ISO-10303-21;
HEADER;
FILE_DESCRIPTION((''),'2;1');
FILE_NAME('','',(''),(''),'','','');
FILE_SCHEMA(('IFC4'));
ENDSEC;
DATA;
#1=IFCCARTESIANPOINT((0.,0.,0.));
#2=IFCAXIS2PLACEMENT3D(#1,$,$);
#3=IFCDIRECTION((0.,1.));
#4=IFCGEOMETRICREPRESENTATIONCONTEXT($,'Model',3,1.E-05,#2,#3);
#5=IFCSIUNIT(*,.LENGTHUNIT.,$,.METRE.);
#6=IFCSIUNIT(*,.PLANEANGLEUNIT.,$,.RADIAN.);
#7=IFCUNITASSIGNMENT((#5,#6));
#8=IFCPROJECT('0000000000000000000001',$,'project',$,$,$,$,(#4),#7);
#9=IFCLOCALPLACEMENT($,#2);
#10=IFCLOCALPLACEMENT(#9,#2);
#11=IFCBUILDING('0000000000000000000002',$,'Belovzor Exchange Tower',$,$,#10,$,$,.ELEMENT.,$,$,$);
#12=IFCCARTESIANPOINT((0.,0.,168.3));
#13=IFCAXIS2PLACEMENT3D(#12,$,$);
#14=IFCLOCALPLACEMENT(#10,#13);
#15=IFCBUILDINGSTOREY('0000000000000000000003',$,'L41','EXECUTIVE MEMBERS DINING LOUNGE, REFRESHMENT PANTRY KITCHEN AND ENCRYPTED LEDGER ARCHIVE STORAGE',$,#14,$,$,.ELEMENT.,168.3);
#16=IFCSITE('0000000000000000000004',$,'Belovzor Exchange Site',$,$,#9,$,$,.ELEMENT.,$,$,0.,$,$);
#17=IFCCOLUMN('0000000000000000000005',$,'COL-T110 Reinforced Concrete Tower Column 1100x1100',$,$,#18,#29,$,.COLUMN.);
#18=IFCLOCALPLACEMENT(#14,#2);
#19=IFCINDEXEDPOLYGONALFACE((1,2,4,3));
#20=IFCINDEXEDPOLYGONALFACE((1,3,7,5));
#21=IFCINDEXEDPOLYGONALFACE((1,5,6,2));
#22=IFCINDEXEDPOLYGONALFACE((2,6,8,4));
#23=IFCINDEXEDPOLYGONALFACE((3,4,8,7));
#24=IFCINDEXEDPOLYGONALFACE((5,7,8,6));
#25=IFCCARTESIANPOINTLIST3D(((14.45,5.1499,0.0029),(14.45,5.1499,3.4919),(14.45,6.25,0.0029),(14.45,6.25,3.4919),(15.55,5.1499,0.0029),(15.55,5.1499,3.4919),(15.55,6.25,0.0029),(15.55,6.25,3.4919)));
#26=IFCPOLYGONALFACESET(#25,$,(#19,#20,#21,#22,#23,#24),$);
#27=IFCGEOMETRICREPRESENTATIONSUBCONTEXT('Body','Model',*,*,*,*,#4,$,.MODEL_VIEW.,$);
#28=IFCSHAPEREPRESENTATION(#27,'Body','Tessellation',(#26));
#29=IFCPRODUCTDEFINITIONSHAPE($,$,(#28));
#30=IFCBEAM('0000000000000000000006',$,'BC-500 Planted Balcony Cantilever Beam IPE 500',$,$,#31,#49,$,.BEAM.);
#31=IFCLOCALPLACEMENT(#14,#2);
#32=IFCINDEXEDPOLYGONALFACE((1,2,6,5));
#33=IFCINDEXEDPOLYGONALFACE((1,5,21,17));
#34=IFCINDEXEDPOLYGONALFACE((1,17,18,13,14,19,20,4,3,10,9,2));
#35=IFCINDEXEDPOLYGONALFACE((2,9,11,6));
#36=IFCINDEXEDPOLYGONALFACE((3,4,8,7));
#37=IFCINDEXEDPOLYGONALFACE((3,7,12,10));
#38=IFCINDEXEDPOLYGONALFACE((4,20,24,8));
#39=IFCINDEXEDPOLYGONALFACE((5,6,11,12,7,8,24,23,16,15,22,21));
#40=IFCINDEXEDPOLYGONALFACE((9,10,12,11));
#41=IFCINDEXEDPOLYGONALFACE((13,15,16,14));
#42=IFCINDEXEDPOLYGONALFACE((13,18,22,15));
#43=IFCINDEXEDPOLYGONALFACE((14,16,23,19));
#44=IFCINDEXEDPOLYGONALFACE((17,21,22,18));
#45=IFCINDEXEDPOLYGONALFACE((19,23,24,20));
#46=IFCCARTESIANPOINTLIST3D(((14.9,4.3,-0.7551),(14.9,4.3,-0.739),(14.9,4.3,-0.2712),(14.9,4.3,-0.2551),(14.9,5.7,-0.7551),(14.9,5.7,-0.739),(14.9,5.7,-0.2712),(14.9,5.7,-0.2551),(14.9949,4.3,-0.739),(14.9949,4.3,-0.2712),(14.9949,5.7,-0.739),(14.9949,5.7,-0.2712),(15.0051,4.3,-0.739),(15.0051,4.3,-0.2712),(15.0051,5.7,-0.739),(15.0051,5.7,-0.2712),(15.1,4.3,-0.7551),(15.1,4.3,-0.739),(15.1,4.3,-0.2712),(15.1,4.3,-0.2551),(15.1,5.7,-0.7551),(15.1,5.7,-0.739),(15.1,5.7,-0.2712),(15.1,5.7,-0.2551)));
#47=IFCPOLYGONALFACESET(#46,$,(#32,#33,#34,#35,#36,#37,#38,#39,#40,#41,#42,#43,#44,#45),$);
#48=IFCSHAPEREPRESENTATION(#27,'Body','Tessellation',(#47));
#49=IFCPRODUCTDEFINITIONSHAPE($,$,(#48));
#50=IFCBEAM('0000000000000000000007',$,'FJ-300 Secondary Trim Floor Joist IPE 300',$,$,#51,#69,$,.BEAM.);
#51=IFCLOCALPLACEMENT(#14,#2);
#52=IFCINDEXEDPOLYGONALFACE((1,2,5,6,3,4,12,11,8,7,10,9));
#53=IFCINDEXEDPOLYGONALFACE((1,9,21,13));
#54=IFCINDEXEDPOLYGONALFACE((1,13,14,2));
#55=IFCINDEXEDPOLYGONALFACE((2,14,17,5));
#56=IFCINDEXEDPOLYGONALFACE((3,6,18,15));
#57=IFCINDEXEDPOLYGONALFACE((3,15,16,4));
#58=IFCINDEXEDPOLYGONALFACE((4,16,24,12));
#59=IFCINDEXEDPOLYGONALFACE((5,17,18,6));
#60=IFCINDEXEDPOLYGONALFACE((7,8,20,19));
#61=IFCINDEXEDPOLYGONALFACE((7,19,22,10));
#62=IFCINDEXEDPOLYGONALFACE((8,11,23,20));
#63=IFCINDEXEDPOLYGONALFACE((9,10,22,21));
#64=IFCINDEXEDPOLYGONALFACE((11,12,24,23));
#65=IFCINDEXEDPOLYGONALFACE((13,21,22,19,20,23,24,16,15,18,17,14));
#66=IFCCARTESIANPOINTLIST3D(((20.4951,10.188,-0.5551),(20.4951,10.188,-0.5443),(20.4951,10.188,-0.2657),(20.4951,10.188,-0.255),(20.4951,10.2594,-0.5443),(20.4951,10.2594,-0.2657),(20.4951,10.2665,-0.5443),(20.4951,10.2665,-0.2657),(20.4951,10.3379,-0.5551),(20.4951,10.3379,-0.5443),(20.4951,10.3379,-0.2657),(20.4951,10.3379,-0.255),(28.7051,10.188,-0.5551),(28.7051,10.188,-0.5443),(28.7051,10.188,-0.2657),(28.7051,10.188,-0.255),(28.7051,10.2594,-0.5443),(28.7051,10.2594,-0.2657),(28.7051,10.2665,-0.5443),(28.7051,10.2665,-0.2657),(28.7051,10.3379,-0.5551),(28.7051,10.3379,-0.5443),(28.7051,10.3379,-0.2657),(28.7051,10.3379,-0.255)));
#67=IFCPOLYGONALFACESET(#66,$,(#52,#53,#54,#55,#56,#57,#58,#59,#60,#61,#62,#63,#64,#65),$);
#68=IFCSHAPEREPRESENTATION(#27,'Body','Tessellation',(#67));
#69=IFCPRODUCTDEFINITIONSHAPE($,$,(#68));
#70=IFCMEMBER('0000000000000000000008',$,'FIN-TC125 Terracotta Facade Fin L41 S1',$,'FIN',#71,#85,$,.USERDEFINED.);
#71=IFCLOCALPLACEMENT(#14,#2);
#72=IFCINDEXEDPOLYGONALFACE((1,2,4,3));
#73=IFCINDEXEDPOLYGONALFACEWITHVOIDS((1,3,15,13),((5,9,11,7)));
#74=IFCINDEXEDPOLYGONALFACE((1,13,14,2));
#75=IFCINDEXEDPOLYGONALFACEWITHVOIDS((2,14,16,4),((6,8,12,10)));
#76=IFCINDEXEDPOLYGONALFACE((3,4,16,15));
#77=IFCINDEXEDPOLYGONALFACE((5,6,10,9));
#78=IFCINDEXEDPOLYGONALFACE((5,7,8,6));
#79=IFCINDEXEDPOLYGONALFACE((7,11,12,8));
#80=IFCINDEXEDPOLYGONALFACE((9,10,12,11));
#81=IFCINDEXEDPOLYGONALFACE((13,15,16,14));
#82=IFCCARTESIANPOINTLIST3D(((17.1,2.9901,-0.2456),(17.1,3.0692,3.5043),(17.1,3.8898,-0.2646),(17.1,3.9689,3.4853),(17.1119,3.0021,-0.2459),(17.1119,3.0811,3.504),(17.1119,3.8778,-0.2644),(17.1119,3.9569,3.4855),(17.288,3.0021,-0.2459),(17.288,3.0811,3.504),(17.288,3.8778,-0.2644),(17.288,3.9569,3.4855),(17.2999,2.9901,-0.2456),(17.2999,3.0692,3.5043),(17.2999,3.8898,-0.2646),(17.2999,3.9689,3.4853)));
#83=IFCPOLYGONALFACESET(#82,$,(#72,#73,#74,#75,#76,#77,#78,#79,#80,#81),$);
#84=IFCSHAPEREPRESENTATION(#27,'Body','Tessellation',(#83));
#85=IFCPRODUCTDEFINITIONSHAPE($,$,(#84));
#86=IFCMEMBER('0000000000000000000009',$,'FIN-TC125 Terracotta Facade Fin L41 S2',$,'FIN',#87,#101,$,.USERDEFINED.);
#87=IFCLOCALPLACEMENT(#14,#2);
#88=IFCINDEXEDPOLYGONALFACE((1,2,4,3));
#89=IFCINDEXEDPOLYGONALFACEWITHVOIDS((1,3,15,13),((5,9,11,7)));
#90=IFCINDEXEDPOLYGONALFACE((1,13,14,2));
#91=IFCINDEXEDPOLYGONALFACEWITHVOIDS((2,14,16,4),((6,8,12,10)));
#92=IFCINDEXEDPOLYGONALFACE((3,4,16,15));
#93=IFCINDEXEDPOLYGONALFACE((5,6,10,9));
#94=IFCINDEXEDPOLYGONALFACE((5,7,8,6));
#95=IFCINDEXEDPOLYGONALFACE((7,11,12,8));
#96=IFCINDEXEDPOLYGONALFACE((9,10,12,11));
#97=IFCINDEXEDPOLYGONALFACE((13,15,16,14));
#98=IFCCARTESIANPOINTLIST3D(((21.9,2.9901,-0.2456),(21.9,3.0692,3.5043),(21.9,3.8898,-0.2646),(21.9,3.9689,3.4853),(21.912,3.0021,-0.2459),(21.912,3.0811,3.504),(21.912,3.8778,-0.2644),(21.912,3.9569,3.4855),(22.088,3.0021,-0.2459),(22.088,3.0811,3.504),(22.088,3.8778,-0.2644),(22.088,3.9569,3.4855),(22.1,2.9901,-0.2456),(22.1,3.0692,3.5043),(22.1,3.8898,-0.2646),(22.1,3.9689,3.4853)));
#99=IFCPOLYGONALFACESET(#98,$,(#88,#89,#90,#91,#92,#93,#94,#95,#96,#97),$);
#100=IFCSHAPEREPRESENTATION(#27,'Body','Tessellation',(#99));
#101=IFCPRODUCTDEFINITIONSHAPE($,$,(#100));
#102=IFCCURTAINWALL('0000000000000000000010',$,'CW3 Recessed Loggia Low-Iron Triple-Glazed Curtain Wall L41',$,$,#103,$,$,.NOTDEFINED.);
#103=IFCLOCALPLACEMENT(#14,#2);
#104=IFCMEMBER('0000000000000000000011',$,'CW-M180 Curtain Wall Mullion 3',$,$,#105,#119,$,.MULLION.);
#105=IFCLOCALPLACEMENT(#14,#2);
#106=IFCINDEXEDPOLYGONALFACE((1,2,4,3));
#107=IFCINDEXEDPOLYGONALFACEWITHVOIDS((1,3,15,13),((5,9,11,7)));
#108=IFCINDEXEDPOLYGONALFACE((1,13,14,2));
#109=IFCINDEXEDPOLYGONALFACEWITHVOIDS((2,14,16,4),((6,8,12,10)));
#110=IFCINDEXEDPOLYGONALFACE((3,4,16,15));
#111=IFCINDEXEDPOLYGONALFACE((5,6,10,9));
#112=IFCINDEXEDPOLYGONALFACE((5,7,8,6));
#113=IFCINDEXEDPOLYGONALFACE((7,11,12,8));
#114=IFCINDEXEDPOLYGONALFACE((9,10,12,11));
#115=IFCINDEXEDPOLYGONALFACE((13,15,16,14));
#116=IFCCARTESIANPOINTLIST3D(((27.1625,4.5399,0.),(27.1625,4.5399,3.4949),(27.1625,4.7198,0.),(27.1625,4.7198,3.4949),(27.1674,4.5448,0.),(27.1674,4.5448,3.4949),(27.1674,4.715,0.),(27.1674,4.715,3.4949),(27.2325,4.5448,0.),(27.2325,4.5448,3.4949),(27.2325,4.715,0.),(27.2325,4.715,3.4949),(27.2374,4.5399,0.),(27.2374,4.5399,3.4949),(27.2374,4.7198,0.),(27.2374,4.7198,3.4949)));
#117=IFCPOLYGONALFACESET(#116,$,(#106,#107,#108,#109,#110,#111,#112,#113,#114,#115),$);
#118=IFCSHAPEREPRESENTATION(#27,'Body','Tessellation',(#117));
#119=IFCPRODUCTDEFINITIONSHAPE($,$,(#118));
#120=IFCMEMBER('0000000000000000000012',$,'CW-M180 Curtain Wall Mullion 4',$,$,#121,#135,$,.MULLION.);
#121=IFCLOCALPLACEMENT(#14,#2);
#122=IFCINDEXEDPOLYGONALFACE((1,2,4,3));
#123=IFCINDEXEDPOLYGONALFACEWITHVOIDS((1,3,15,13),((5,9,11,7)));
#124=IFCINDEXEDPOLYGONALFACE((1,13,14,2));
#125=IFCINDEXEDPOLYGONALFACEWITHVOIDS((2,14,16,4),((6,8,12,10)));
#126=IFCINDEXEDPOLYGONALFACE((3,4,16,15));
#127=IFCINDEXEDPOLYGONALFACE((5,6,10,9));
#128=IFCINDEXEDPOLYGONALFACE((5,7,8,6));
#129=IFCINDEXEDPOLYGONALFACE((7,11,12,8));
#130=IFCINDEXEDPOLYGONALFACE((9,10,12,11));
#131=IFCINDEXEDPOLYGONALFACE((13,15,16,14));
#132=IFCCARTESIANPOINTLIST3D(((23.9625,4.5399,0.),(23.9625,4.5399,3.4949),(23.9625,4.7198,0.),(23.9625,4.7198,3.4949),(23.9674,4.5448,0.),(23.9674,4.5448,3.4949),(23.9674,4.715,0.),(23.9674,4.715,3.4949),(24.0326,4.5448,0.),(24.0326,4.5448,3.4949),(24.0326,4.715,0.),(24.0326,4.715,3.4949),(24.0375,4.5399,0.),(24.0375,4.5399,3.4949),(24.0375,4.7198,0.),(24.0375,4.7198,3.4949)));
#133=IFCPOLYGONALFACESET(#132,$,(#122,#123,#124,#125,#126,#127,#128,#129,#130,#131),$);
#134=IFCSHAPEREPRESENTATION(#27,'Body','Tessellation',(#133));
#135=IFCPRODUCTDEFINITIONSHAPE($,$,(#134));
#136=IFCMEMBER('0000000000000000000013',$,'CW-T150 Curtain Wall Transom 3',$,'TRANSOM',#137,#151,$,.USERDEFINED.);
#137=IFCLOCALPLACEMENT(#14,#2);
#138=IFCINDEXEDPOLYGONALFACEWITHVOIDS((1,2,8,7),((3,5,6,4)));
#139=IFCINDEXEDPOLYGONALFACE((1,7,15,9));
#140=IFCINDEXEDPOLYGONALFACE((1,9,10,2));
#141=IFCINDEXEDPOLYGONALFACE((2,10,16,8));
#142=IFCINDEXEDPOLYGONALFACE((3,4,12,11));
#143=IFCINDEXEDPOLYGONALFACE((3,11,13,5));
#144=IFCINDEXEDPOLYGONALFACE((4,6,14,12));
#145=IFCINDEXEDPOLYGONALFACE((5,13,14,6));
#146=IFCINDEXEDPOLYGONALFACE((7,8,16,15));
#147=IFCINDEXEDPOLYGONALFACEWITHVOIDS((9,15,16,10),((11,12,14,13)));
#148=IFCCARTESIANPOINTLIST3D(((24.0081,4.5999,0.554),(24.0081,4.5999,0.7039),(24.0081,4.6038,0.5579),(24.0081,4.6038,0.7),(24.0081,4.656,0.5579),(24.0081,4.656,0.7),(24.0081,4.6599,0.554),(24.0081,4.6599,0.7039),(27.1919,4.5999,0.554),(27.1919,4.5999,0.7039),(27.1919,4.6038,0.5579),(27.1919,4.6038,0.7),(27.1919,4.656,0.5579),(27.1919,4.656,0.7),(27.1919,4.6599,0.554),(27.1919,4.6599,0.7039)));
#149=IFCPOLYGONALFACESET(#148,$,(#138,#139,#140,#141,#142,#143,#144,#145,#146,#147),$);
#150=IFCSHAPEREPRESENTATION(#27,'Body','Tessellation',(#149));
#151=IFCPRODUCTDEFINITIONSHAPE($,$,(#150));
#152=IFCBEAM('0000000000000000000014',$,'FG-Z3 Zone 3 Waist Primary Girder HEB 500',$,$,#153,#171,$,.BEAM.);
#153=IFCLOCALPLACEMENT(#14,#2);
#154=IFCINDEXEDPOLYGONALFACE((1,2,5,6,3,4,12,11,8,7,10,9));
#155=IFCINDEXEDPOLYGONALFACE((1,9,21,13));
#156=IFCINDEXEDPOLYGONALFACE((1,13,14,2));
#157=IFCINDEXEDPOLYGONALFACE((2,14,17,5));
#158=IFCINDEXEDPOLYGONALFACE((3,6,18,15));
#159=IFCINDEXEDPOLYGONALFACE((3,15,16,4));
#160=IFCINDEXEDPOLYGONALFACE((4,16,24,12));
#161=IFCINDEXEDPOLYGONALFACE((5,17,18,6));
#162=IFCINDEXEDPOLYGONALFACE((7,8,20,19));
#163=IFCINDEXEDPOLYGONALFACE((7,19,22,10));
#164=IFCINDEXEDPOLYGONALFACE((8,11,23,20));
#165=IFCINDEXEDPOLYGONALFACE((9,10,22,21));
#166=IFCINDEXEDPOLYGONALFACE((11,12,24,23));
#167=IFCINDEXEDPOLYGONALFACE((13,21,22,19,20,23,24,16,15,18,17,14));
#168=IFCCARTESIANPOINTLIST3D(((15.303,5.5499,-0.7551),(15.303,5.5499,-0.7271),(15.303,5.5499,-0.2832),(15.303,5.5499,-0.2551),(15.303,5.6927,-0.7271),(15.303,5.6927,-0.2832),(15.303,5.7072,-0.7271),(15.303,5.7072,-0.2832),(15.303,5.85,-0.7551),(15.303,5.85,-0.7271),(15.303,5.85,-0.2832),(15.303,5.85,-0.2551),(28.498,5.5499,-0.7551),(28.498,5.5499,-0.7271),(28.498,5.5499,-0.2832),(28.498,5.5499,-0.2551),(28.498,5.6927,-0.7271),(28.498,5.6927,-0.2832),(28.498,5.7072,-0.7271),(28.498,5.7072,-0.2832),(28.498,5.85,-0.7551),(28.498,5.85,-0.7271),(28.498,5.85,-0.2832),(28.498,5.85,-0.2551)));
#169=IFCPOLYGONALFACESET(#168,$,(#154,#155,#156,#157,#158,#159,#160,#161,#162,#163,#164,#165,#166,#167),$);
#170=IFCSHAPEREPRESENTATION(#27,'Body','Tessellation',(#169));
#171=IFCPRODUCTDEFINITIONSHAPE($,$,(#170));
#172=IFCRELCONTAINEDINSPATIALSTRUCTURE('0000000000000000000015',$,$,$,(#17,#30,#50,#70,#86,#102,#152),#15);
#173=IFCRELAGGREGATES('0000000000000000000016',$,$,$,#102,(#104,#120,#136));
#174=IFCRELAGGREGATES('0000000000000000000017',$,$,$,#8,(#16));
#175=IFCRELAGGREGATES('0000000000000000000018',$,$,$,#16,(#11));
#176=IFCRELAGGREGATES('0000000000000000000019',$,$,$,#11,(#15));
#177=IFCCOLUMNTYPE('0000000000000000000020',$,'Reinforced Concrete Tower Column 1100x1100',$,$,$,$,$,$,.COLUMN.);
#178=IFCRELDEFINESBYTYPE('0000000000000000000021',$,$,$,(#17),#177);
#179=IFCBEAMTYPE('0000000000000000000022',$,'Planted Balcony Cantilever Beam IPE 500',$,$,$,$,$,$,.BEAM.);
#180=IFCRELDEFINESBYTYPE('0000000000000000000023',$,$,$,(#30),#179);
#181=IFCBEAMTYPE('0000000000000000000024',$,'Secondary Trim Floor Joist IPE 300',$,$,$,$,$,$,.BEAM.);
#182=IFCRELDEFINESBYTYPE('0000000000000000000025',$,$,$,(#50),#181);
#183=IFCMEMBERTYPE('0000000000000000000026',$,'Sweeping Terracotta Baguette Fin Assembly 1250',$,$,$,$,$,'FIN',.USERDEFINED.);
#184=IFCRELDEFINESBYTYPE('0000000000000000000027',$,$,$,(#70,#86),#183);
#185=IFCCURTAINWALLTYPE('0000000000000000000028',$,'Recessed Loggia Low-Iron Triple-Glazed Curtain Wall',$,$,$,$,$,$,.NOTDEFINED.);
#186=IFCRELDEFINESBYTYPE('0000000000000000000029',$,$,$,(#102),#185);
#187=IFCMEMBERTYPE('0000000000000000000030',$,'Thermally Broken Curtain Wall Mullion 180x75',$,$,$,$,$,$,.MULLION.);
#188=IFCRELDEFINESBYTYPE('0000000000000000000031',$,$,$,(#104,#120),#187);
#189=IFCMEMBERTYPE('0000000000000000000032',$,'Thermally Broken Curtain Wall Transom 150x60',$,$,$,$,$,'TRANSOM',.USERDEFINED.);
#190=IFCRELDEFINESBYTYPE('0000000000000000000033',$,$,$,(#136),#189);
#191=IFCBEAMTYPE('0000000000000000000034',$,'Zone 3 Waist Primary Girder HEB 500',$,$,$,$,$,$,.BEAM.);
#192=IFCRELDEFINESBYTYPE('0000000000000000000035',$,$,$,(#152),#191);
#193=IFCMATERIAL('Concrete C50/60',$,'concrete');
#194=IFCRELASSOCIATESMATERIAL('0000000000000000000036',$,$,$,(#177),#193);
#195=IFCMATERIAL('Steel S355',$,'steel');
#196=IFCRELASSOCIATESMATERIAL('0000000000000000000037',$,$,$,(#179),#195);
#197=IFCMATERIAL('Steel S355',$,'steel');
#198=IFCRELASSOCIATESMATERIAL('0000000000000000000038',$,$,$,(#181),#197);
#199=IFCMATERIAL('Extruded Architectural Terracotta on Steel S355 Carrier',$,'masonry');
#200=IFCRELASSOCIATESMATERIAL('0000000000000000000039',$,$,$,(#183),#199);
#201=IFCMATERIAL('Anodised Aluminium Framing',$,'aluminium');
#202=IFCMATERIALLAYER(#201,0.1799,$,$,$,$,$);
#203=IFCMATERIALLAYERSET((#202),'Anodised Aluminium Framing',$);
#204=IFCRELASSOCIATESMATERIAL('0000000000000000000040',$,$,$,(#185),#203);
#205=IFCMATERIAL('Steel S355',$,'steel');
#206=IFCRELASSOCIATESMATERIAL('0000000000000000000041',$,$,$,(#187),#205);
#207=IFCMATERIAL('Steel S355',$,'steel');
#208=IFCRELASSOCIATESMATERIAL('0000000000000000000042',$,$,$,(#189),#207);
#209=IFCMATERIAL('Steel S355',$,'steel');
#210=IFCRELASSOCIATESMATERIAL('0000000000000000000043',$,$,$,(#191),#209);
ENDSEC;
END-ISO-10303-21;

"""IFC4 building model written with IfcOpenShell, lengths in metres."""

from ifc_helpers import new_model, si_unit, direction, frame, origin, origin_2d, place, context, subcontext, project, spatial, rectangle, hollow_rectangle, i_section, extrude, material, layer, layer_set, material_profile, profile_set, type_object, element, aggregate, save


model = new_model("IFC4")

# Units and contexts
model_context = context("Model", 3, precision=1e-05, world=origin(), true_north=direction((0.0, 1.0)))
body_context = subcontext(model_context, "Body", "Model", "MODEL_VIEW")
ifc_project = project(units=[si_unit("LENGTHUNIT", "METRE"), si_unit("PLANEANGLEUNIT", "RADIAN")], contexts=[model_context])

# Site, building, storey
site_placement = place(None, origin())
site = spatial("IfcSite", under=ifc_project, at=site_placement, Name="Belovzor Exchange Site", CompositionType="ELEMENT", RefElevation=0.0)
building_placement = place(site_placement, origin())
building = spatial("IfcBuilding", under=site, at=building_placement, Name="Belovzor Exchange Tower", CompositionType="ELEMENT")
storey_placement = place(building_placement, frame((0.0, 0.0, 168.3)))
storey = spatial("IfcBuildingStorey", under=building, at=storey_placement, Name="L41", Description="EXECUTIVE MEMBERS DINING LOUNGE, REFRESHMENT PANTRY KITCHEN AND ENCRYPTED LEDGER ARCHIVE STORAGE", CompositionType="ELEMENT", Elevation=168.3)

# Column
ifc_material_1 = material(Name="Concrete C50/60", Category="concrete")
ifc_material_profile_1 = material_profile(ifc_material_1, rectangle(XDim=1.1001, YDim=1.1001, at=origin_2d()))
ifc_profile_set_1 = profile_set([ifc_material_profile_1], Name="Concrete C50/60")
column_type = type_object("IfcColumnType", Name="Reinforced Concrete Tower Column 1100x1100", PredefinedType="COLUMN", material=ifc_profile_set_1)
column_placement = place(storey_placement, frame((15.0, 5.7, 0.0029), z_axis=(0.0, 0.0, 1.0), x_axis=(1.0, 0.0, 0.0)))
element("IfcColumn", 1, at=column_placement, inside=storey, type_object=column_type, Name="COL-T110 Reinforced Concrete Tower Column 1100x1100", PredefinedType="COLUMN", context=body_context, shape_type="SweptSolid", body=[
    extrude(rectangle(XDim=1.1001, YDim=1.1001, at=origin_2d()), origin(), (0.0, 0.0, 1.0), 3.489),
])

# Beams
ifc_material_2 = material(Name="Steel S355", Category="steel")
ifc_material_profile_2 = material_profile(ifc_material_2, i_section(OverallWidth=0.2, OverallDepth=0.5, WebThickness=0.0103, FlangeThickness=0.0161, at=origin_2d()))
ifc_profile_set_2 = profile_set([ifc_material_profile_2], Name="Steel S355")
beam_type_1 = type_object("IfcBeamType", Name="Planted Balcony Cantilever Beam IPE 500", PredefinedType="BEAM", material=ifc_profile_set_2)
beam_1_placement = place(storey_placement, frame((15.0, 5.7, -0.5051), z_axis=(0.0, -1.0, 0.0), x_axis=(1.0, 0.0, 0.0)))
element("IfcBeam", 2, at=beam_1_placement, inside=storey, type_object=beam_type_1, Name="BC-500 Planted Balcony Cantilever Beam IPE 500", PredefinedType="BEAM", context=body_context, shape_type="SweptSolid", body=[
    extrude(i_section(OverallWidth=0.2, OverallDepth=0.5, WebThickness=0.0103, FlangeThickness=0.0161, at=origin_2d()), origin(), (0.0, 0.0, 1.0), 1.3999),
])
ifc_material_3 = material(Name="Steel S355", Category="steel")
ifc_material_profile_3 = material_profile(ifc_material_3, i_section(OverallWidth=0.1499, OverallDepth=0.3, WebThickness=0.0071, FlangeThickness=0.0107, at=origin_2d()))
ifc_profile_set_3 = profile_set([ifc_material_profile_3], Name="Steel S355")
beam_type_2 = type_object("IfcBeamType", Name="Secondary Trim Floor Joist IPE 300", PredefinedType="BEAM", material=ifc_profile_set_3)
beam_2_placement = place(storey_placement, frame((20.4951, 10.2629, -0.405), z_axis=(1.0, 0.0, 0.0), x_axis=(0.0, 1.0, 0.0)))
element("IfcBeam", 3, at=beam_2_placement, inside=storey, type_object=beam_type_2, Name="FJ-300 Secondary Trim Floor Joist IPE 300", PredefinedType="BEAM", context=body_context, shape_type="SweptSolid", body=[
    extrude(i_section(OverallWidth=0.1499, OverallDepth=0.3, WebThickness=0.0071, FlangeThickness=0.0107, at=origin_2d()), origin(), (0.0, 0.0, 1.0), 8.21),
])

# Members
ifc_material_4 = material(Name="Extruded Architectural Terracotta on Steel S355 Carrier", Category="masonry")
ifc_material_profile_4 = material_profile(ifc_material_4, hollow_rectangle(XDim=0.2, YDim=0.8999, WallThickness=0.012, at=origin_2d()))
ifc_profile_set_4 = profile_set([ifc_material_profile_4], Name="Extruded Architectural Terracotta on Steel S355 Carrier")
member_type_1 = type_object("IfcMemberType", Name="Sweeping Terracotta Baguette Fin Assembly 1250", ElementType="FIN", PredefinedType="USERDEFINED", material=ifc_profile_set_4)
for number, where, z_axis, x_axis, name in (
    (4, (17.2, 3.4399, -0.2551), (0.0, 0.021089, 0.999778), (-1.0, 0.0, 0.0), "FIN-TC125 Terracotta Facade Fin L41 S1"),
    (5, (22.0, 3.4399, -0.2551), (0.0, 0.021089, 0.999778), (-1.0, 0.0, 0.0), "FIN-TC125 Terracotta Facade Fin L41 S2"),
):
    element("IfcMember", number, at=place(storey_placement, frame(where, z_axis=z_axis, x_axis=x_axis)), inside=storey, type_object=member_type_1, Name=name, ObjectType="FIN", PredefinedType="USERDEFINED", context=body_context, shape_type="SweptSolid", body=[
        extrude(hollow_rectangle(XDim=0.2, YDim=0.8999, WallThickness=0.012, at=origin_2d()), origin(), (0.0, 0.0, 1.0), 3.7507),
    ])

# Curtain wall, members
ifc_material_5 = material(Name="Anodised Aluminium Framing", Category="aluminium")
ifc_layer_1 = layer(ifc_material_5, 0.1799)
ifc_layer_set_1 = layer_set([ifc_layer_1], Name="Anodised Aluminium Framing")
curtain_wall_type = type_object("IfcCurtainWallType", Name="Recessed Loggia Low-Iron Triple-Glazed Curtain Wall", PredefinedType="NOTDEFINED", material=ifc_layer_set_1)
curtain_wall_placement = place(storey_placement, origin())
curtain_wall = element("IfcCurtainWall", 6, at=curtain_wall_placement, inside=storey, type_object=curtain_wall_type, Name="CW3 Recessed Loggia Low-Iron Triple-Glazed Curtain Wall L41", PredefinedType="NOTDEFINED")
ifc_material_6 = material(Name="Steel S355", Category="steel")
ifc_material_profile_5 = material_profile(ifc_material_6, hollow_rectangle(XDim=0.075, YDim=0.1799, WallThickness=0.0049, at=origin_2d()))
ifc_profile_set_5 = profile_set([ifc_material_profile_5], Name="Steel S355")
member_type_2 = type_object("IfcMemberType", Name="Thermally Broken Curtain Wall Mullion 180x75", PredefinedType="MULLION", material=ifc_profile_set_5)
member_1_placement = place(storey_placement, frame((27.2, 4.6299, 0.0), z_axis=(0.0, 0.0, 1.0), x_axis=(-1.0, 0.0, 0.0)))
member_1 = element("IfcMember", 7, at=member_1_placement, type_object=member_type_2, Name="CW-M180 Curtain Wall Mullion 3", PredefinedType="MULLION", context=body_context, shape_type="SweptSolid", body=[
    extrude(hollow_rectangle(XDim=0.075, YDim=0.1799, WallThickness=0.0049, at=origin_2d()), origin(), (0.0, 0.0, 1.0), 3.4949),
])
member_2_placement = place(storey_placement, frame((24.0, 4.6299, 0.0), z_axis=(0.0, 0.0, 1.0), x_axis=(-1.0, 0.0, 0.0)))
member_2 = element("IfcMember", 8, at=member_2_placement, type_object=member_type_2, Name="CW-M180 Curtain Wall Mullion 4", PredefinedType="MULLION", context=body_context, shape_type="SweptSolid", body=[
    extrude(hollow_rectangle(XDim=0.075, YDim=0.1799, WallThickness=0.0049, at=origin_2d()), origin(), (0.0, 0.0, 1.0), 3.4949),
])
ifc_material_7 = material(Name="Steel S355", Category="steel")
ifc_material_profile_6 = material_profile(ifc_material_7, hollow_rectangle(XDim=0.0601, YDim=0.1499, WallThickness=0.0039, at=origin_2d()))
ifc_profile_set_6 = profile_set([ifc_material_profile_6], Name="Steel S355")
member_type_3 = type_object("IfcMemberType", Name="Thermally Broken Curtain Wall Transom 150x60", ElementType="TRANSOM", PredefinedType="USERDEFINED", material=ifc_profile_set_6)
member_3_placement = place(storey_placement, frame((27.1919, 4.6299, 0.6289), z_axis=(-1.0, 0.0, 0.0), x_axis=(0.0, -1.0, 0.0)))
member_3 = element("IfcMember", 9, at=member_3_placement, type_object=member_type_3, Name="CW-T150 Curtain Wall Transom 3", ObjectType="TRANSOM", PredefinedType="USERDEFINED", context=body_context, shape_type="SweptSolid", body=[
    extrude(hollow_rectangle(XDim=0.0601, YDim=0.1499, WallThickness=0.0039, at=origin_2d()), origin(), (0.0, 0.0, 1.0), 3.1838),
])

# Beam
ifc_material_8 = material(Name="Steel S355", Category="steel")
ifc_material_profile_7 = material_profile(ifc_material_8, i_section(OverallWidth=0.3, OverallDepth=0.5, WebThickness=0.0144, FlangeThickness=0.0281, at=origin_2d()))
ifc_profile_set_7 = profile_set([ifc_material_profile_7], Name="Steel S355")
beam_type_3 = type_object("IfcBeamType", Name="Zone 3 Waist Primary Girder HEB 500", PredefinedType="BEAM", material=ifc_profile_set_7)
beam_3_placement = place(storey_placement, frame((15.303, 5.7, -0.5051), z_axis=(1.0, 0.0, 0.0), x_axis=(0.0, 1.0, 0.0)))
element("IfcBeam", 10, at=beam_3_placement, inside=storey, type_object=beam_type_3, Name="FG-Z3 Zone 3 Waist Primary Girder HEB 500", PredefinedType="BEAM", context=body_context, shape_type="SweptSolid", body=[
    extrude(i_section(OverallWidth=0.3, OverallDepth=0.5, WebThickness=0.0144, FlangeThickness=0.0281, at=origin_2d()), origin(), (0.0, 0.0, 1.0), 13.1951),
])

aggregate(curtain_wall, [member_1, member_2, member_3])

save(model, "model.ifc")
